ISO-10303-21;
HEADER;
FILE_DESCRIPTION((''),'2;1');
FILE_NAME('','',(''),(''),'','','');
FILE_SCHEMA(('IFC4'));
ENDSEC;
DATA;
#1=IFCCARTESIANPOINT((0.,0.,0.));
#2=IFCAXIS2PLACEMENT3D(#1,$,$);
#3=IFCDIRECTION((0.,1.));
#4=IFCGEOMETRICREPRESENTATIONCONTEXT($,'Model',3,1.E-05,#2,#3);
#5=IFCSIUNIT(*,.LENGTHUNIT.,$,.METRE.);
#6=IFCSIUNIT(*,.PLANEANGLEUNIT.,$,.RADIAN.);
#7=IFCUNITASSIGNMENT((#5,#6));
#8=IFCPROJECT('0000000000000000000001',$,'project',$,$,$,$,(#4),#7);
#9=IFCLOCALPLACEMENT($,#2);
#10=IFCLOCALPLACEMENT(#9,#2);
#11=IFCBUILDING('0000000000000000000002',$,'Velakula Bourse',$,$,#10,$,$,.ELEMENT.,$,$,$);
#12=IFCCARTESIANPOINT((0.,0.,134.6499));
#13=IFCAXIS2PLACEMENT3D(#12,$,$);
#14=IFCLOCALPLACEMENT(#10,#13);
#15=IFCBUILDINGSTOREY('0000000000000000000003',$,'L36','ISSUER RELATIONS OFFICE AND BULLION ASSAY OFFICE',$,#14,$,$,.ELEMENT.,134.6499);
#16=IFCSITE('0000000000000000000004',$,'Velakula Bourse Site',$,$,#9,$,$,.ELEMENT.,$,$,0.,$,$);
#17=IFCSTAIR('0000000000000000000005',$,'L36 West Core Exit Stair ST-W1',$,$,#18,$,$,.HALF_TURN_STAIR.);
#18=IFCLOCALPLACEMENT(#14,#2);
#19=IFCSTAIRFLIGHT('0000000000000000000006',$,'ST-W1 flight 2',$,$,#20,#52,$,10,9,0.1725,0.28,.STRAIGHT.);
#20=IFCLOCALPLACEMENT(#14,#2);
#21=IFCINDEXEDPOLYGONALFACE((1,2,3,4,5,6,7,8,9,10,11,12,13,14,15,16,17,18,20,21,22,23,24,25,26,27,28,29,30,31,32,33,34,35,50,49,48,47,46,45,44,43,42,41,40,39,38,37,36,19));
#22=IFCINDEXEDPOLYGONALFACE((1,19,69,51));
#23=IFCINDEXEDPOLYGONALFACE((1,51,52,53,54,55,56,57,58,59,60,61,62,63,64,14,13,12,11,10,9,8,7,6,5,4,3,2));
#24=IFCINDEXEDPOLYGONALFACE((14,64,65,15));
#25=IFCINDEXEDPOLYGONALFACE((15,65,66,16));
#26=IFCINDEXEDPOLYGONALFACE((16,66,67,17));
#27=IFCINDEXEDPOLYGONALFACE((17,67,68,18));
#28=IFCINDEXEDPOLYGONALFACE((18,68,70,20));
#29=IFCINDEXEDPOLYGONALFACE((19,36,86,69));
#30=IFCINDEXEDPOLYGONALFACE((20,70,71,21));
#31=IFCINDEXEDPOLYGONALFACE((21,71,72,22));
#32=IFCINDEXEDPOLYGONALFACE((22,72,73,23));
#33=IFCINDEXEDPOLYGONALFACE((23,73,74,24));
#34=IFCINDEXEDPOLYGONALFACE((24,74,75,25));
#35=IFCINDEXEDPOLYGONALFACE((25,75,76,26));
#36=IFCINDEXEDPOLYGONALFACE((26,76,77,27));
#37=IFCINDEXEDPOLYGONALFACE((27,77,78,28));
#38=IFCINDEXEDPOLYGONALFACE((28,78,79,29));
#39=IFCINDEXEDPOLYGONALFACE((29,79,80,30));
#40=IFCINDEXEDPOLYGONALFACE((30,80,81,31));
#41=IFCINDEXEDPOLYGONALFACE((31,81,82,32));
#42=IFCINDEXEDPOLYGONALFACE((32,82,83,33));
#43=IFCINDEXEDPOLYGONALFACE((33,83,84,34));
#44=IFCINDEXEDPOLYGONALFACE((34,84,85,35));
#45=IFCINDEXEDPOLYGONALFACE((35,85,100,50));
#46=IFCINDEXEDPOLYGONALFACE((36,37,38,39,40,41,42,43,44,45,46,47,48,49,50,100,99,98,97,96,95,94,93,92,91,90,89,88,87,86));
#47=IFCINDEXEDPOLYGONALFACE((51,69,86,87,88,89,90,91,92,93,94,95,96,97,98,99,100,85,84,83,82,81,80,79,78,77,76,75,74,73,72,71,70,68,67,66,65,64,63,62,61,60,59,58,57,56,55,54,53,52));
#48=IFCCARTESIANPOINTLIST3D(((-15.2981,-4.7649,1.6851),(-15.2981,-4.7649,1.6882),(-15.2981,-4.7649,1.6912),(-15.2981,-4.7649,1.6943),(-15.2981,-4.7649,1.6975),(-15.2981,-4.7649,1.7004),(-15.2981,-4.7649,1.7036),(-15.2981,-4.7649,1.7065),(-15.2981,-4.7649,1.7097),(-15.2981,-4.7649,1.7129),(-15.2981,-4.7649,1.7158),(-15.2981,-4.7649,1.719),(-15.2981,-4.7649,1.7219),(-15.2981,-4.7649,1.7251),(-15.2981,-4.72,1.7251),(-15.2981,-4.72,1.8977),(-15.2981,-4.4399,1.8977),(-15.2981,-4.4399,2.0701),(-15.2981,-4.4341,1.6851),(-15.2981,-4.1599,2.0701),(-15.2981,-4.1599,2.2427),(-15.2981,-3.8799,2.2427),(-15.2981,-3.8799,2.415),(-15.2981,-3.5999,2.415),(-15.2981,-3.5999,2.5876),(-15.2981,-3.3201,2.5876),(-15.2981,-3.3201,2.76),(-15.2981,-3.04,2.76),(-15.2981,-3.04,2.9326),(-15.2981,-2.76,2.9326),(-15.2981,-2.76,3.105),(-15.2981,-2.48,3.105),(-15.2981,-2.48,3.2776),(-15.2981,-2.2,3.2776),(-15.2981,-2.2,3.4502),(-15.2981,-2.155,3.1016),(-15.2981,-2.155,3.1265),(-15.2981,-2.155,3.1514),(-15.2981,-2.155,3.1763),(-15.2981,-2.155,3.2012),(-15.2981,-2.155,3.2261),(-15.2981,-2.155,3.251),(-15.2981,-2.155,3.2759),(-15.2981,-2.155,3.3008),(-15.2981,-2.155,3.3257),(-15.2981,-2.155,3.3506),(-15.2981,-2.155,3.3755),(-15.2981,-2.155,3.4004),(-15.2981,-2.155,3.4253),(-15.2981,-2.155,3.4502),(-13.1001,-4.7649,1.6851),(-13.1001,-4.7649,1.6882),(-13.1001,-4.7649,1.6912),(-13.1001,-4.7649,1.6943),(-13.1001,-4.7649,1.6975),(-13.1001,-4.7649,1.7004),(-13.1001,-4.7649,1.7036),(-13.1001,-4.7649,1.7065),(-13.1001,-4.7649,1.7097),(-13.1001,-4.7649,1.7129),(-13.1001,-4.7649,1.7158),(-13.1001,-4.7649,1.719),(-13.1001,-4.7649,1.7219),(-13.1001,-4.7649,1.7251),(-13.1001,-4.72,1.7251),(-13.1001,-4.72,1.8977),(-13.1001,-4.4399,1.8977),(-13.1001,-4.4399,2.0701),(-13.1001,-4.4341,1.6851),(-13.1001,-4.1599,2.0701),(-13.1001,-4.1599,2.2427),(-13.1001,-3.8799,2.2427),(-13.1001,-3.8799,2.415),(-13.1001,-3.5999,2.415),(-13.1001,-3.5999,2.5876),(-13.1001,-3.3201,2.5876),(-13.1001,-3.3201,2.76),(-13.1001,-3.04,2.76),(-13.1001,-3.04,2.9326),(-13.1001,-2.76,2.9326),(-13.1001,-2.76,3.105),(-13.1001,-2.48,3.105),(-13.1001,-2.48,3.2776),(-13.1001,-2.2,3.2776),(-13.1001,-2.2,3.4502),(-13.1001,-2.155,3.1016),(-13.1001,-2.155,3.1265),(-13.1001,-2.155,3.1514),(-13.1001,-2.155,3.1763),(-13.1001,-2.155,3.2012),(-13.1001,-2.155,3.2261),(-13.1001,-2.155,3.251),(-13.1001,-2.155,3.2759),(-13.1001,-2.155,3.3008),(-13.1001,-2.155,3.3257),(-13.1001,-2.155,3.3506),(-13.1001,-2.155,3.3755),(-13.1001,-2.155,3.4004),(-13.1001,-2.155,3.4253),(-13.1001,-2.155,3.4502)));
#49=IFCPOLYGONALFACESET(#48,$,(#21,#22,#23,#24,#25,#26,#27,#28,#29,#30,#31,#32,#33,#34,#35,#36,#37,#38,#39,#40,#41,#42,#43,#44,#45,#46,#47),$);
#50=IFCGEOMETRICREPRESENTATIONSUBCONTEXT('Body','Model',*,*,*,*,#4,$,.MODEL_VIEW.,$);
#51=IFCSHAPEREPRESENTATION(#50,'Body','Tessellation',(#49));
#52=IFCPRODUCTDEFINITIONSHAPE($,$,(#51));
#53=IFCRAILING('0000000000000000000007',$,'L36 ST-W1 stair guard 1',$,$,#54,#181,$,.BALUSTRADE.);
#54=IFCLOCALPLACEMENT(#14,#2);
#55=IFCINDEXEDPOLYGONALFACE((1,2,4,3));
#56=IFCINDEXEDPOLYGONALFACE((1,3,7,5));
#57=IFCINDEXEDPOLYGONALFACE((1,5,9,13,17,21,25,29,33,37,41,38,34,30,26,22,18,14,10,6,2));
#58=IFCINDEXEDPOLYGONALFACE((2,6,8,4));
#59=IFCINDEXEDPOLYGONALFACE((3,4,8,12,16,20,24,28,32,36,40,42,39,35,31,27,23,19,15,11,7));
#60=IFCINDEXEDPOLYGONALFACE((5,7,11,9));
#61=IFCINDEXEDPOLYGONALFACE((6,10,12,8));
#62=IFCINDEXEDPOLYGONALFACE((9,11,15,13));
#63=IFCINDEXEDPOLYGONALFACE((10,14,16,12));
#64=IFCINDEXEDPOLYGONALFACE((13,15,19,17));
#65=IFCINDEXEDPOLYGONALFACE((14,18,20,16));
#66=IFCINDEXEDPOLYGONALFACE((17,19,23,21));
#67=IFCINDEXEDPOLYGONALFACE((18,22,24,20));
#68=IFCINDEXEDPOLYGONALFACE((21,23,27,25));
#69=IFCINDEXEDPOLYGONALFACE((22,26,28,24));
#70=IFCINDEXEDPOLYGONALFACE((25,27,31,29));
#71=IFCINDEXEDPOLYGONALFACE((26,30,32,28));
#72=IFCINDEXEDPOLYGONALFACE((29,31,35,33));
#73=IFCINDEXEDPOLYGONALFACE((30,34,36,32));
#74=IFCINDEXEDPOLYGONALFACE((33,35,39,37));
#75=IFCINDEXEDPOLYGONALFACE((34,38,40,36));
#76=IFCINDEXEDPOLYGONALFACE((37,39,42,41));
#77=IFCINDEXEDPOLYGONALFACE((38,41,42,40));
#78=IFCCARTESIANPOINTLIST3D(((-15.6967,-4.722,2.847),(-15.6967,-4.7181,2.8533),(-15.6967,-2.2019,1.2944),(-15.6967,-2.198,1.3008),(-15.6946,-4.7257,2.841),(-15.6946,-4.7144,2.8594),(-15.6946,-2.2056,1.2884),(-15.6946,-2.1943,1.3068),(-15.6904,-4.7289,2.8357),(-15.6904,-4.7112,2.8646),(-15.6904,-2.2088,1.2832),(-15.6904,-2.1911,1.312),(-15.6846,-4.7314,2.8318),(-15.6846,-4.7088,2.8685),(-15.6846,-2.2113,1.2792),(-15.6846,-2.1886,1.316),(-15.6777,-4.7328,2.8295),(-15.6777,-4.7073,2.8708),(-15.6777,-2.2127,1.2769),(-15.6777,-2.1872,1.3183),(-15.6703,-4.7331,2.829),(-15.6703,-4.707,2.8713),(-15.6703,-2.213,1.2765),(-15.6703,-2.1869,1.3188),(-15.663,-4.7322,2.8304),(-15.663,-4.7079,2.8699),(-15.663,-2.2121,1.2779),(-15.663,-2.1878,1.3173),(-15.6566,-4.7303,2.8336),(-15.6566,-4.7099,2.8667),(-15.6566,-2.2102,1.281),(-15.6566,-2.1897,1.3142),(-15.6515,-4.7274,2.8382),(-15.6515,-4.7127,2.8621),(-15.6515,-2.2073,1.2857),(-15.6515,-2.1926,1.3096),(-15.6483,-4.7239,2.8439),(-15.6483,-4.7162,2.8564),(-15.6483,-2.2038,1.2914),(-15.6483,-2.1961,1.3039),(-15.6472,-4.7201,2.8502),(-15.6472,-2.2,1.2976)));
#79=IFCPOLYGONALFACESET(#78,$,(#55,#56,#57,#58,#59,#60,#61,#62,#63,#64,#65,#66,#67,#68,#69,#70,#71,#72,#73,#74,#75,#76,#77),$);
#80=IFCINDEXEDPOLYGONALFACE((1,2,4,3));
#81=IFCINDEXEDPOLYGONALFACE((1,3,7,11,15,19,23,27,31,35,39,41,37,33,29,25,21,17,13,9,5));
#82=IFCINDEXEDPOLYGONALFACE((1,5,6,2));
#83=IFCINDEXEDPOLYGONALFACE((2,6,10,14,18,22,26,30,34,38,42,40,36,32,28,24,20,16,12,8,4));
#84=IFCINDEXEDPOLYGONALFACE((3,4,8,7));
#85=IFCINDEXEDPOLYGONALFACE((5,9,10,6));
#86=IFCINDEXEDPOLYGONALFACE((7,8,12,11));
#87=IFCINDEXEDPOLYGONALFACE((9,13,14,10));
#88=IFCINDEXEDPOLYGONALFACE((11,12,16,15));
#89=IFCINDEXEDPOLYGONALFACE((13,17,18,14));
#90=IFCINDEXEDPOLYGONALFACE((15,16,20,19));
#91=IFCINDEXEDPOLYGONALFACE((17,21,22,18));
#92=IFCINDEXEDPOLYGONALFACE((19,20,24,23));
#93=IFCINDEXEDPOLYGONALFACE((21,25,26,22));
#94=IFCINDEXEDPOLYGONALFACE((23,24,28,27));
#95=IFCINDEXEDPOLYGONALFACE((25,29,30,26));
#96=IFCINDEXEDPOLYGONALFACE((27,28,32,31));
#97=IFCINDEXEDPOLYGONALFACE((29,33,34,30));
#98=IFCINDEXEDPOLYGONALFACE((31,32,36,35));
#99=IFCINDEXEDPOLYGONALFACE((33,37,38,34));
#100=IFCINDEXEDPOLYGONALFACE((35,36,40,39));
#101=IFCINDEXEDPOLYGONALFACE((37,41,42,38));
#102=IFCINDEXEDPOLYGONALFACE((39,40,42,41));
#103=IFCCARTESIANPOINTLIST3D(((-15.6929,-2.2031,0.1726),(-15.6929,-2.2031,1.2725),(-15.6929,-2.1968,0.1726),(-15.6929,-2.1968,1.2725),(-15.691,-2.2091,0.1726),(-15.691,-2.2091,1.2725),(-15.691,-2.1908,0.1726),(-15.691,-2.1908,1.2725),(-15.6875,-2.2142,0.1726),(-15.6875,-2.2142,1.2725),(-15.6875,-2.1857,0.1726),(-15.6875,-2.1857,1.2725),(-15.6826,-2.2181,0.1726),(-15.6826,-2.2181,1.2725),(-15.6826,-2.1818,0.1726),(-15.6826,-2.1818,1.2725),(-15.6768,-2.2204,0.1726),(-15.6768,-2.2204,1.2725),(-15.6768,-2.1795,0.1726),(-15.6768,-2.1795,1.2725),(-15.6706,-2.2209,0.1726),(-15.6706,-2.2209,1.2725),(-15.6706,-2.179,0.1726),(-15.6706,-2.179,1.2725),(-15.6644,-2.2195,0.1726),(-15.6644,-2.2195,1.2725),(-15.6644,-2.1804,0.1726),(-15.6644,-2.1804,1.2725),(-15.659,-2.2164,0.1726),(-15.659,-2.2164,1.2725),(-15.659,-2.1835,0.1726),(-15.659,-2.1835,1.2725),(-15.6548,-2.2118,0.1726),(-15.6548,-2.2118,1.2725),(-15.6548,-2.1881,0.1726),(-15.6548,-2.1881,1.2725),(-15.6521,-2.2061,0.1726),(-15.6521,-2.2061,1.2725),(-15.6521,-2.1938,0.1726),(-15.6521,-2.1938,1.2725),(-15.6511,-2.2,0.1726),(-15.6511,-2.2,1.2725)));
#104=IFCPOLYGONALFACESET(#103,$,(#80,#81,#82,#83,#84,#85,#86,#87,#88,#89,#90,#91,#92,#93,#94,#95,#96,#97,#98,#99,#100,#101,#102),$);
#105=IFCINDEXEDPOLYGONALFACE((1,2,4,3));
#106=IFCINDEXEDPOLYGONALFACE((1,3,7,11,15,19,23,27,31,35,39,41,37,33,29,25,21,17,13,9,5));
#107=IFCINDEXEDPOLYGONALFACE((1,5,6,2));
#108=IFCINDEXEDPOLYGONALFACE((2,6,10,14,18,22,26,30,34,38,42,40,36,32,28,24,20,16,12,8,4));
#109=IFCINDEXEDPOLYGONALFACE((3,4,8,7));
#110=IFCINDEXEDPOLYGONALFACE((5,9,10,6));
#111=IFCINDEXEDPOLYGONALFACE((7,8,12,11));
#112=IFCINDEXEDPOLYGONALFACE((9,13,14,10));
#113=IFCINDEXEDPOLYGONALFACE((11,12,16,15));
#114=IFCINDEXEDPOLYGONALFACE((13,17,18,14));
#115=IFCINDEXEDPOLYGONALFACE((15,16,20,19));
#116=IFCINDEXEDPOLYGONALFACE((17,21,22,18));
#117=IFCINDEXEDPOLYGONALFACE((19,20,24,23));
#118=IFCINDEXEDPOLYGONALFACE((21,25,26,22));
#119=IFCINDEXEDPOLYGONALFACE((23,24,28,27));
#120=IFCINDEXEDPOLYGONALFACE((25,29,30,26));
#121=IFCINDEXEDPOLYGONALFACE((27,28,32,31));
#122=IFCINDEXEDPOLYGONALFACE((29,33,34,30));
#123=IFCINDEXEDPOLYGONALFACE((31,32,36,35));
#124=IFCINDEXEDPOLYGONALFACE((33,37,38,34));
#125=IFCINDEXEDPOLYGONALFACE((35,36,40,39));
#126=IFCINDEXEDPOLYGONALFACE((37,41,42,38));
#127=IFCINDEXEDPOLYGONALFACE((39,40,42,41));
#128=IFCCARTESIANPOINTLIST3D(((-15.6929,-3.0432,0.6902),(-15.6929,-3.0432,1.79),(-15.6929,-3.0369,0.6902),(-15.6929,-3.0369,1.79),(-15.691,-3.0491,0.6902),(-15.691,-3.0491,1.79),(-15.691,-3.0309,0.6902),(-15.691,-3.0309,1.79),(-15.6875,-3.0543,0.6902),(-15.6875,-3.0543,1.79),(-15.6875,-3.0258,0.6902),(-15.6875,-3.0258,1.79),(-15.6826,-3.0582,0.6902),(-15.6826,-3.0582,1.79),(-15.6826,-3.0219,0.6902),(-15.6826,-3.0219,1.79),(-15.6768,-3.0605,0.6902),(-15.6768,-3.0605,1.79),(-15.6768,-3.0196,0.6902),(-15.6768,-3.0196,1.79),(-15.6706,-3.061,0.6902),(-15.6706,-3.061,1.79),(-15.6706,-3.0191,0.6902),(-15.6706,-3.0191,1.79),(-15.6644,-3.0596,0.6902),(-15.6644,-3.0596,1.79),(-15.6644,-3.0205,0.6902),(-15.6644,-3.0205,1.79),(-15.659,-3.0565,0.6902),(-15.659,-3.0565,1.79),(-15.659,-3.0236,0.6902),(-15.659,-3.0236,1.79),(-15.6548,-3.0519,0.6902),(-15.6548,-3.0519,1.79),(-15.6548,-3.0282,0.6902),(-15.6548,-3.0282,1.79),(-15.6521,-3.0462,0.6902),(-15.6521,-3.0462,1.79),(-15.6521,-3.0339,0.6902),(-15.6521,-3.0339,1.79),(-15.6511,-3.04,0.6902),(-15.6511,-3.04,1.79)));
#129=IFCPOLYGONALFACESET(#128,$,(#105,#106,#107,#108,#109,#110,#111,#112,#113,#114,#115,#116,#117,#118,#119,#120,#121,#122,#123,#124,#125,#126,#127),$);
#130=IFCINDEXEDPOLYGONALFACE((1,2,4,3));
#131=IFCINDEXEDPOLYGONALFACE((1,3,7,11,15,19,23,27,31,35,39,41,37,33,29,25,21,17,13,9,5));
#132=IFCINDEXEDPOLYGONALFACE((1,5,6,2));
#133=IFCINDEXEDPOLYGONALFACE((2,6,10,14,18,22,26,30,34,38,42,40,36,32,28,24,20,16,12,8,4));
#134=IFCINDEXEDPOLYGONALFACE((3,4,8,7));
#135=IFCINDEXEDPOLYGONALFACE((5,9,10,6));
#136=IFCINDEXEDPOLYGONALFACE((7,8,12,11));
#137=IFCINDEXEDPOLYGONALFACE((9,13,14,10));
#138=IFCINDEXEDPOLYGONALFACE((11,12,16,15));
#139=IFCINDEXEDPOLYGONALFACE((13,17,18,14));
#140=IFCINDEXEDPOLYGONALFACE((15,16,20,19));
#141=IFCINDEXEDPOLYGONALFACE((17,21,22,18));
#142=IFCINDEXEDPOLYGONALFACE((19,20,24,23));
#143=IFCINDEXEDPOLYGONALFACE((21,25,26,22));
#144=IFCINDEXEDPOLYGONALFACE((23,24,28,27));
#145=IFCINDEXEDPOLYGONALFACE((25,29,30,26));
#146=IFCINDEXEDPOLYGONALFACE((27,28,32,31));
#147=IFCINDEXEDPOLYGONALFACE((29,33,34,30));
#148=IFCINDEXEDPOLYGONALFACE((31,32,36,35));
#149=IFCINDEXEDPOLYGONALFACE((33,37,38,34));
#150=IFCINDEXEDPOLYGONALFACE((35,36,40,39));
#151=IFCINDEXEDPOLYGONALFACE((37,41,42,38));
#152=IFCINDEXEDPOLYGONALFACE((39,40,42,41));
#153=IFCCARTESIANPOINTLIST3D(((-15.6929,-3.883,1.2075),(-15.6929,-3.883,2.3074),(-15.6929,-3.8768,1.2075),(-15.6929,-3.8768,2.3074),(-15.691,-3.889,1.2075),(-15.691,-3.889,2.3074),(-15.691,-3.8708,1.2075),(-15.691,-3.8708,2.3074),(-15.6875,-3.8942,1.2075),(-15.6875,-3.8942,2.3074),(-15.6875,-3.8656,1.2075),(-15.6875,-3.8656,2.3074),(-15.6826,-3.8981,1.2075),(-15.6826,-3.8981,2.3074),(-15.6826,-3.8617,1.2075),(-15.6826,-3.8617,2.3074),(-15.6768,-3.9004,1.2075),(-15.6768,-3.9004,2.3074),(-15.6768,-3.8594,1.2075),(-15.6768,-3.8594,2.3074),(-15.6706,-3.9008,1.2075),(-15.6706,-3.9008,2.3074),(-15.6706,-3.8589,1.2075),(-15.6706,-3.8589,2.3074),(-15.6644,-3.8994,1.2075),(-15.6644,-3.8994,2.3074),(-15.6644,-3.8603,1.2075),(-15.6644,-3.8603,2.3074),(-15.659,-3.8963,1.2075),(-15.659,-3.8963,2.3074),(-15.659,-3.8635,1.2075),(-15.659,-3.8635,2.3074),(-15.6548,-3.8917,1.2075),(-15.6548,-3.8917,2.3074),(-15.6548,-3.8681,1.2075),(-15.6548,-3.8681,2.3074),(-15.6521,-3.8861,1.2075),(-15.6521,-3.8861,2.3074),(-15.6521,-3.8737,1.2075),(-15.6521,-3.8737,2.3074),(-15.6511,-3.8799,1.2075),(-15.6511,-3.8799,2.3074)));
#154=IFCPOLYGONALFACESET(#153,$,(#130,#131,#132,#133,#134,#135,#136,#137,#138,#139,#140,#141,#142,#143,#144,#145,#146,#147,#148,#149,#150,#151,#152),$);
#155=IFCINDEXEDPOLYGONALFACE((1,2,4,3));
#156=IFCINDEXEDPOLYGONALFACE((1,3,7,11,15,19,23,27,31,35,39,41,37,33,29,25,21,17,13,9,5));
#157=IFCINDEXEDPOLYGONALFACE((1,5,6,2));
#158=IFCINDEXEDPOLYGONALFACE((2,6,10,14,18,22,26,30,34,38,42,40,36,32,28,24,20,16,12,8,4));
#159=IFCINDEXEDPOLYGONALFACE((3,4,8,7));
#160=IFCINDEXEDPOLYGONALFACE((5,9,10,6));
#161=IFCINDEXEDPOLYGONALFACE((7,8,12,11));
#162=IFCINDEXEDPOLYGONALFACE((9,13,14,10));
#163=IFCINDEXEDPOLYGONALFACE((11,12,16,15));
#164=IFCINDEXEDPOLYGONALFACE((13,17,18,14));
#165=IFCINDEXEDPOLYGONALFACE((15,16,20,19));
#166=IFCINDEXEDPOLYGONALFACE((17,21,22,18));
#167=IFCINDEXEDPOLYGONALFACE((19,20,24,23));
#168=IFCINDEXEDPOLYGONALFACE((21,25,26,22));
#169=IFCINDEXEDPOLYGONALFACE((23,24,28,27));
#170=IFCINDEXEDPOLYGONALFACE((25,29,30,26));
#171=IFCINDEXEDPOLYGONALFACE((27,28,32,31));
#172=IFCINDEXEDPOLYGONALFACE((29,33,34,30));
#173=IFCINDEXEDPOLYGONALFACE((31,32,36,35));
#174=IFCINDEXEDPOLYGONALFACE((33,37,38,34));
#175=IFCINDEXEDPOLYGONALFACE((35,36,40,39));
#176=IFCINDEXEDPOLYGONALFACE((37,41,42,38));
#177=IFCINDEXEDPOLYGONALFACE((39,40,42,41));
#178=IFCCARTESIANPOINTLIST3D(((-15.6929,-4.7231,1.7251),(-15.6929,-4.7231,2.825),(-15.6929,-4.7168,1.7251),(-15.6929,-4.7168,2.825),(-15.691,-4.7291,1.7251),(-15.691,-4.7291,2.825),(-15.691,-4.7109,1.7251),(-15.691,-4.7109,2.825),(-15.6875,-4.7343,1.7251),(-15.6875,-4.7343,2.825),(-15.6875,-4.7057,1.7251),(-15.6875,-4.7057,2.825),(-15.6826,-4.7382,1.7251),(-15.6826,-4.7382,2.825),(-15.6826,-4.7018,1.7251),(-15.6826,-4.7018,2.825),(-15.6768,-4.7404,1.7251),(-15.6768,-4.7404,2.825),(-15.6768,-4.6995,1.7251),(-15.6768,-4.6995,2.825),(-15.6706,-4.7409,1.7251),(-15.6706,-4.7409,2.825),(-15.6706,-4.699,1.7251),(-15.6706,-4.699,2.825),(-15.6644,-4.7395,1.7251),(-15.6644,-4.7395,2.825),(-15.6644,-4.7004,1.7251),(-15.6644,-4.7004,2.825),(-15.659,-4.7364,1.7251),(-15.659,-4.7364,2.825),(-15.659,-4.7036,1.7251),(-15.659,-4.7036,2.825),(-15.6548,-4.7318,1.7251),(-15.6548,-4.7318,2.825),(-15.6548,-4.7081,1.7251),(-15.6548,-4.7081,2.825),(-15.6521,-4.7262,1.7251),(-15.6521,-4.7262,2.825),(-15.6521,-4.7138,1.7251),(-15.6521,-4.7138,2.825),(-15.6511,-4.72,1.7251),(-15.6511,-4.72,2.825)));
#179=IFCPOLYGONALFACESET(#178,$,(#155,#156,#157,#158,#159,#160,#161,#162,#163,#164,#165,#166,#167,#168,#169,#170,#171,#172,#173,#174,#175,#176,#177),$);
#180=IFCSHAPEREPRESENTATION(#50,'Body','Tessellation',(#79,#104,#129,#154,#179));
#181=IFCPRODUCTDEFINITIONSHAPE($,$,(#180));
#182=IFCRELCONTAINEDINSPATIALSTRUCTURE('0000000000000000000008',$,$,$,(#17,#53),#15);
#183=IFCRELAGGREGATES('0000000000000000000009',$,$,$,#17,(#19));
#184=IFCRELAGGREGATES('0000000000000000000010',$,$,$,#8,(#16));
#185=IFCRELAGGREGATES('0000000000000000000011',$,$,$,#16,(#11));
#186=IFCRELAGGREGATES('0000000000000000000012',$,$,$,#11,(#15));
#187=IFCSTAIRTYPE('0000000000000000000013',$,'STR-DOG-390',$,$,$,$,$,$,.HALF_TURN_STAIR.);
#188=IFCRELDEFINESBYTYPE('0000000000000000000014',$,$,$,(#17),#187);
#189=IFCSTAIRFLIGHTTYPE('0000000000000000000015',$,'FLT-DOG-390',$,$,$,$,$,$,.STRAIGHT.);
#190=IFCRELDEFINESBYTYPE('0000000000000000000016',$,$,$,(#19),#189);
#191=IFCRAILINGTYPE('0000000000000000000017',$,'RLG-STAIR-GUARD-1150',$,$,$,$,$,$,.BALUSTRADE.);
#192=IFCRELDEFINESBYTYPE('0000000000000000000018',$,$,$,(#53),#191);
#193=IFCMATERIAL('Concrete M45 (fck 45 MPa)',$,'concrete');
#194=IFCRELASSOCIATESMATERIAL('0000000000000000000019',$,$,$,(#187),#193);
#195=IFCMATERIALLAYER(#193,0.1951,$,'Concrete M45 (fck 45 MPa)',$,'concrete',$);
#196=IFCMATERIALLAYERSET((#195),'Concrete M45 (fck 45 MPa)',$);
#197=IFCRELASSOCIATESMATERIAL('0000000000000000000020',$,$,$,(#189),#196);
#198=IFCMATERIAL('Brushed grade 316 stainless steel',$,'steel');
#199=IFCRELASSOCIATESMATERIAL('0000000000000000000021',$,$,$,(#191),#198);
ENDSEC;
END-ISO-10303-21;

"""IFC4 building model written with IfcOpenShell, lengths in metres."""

from ifc_helpers import new_model, si_unit, direction, frame, origin, origin_2d, place, context, subcontext, project, spatial, polyline, circle, outline, extrude, material, layer, layer_set, type_object, element, aggregate, save


model = new_model("IFC4")

# Units and contexts
model_context = context("Model", 3, precision=1e-05, world=origin(), true_north=direction((0.0, 1.0)))
body_context = subcontext(model_context, "Body", "Model", "MODEL_VIEW")
ifc_project = project(units=[si_unit("LENGTHUNIT", "METRE"), si_unit("PLANEANGLEUNIT", "RADIAN")], contexts=[model_context])

# Site, building, storey
site_placement = place(None, origin())
site = spatial("IfcSite", under=ifc_project, at=site_placement, Name="Velakula Bourse Site", CompositionType="ELEMENT", RefElevation=0.0)
building_placement = place(site_placement, origin())
building = spatial("IfcBuilding", under=site, at=building_placement, Name="Velakula Bourse", CompositionType="ELEMENT")
storey_placement = place(building_placement, frame((0.0, 0.0, 134.6499)))
storey = spatial("IfcBuildingStorey", under=building, at=storey_placement, Name="L36", Description="ISSUER RELATIONS OFFICE AND BULLION ASSAY OFFICE", CompositionType="ELEMENT", Elevation=134.6499)

# Shared definitions
ifc_material_1 = material(Name="Brushed grade 316 stainless steel", Category="steel")

# Stair, stair flight
ifc_material_2 = material(Name="Concrete M45 (fck 45 MPa)", Category="concrete")
stair_type = type_object("IfcStairType", Name="STR-DOG-390", PredefinedType="HALF_TURN_STAIR", material=ifc_material_2)
stair_placement = place(storey_placement, origin())
stair = element("IfcStair", 1, at=stair_placement, inside=storey, type_object=stair_type, Name="L36 West Core Exit Stair ST-W1", PredefinedType="HALF_TURN_STAIR")
ifc_layer_1 = layer(ifc_material_2, 0.1951, Name="Concrete M45 (fck 45 MPa)", Category="concrete")
ifc_layer_set_1 = layer_set([ifc_layer_1], Name="Concrete M45 (fck 45 MPa)")
stair_flight_type = type_object("IfcStairFlightType", Name="FLT-DOG-390", PredefinedType="STRAIGHT", material=ifc_layer_set_1)
stair_flight_1_placement = place(storey_placement, frame((-14.199, -4.72, 1.7251), z_axis=(0.0, 0.0, 1.0), x_axis=(0.0, 1.0, 0.0)))
stair_flight_1 = element("IfcStairFlight", 2, at=stair_flight_1_placement, type_object=stair_flight_type, Name="ST-W1 flight 2", NumberOfRisers=10, NumberOfTreads=9, PredefinedType="STRAIGHT", RiserHeight=0.1725, TreadLength=0.28, context=body_context, shape_type="SweptSolid", body=[
    extrude(outline(polyline([(-0.0449, -0.04), (-0.0449, -0.0369), (-0.0449, -0.0339), (-0.0449, -0.0308), (-0.0449, -0.0276), (-0.0449, -0.0247), (-0.0449, -0.0215), (-0.0449, -0.0186), (-0.0449, -0.0154), (-0.0449, -0.0122), (-0.0449, -0.0093), (-0.0449, -0.0061), (-0.0449, -0.0032), (-0.0449, 0.0), (0.0, 0.0), (0.0, 0.1726), (0.28, 0.1726), (0.28, 0.345), (0.5601, 0.345), (0.5601, 0.5176), (0.8401, 0.5176), (0.8401, 0.6899), (1.1201, 0.6899), (1.1201, 0.8625), (1.3999, 0.8625), (1.3999, 1.0349), (1.6799, 1.0349), (1.6799, 1.2075), (1.96, 1.2075), (1.96, 1.3799), (2.24, 1.3799), (2.24, 1.5525), (2.52, 1.5525), (2.52, 1.7251), (2.5649, 1.7251), (2.5649, 1.7002), (2.5649, 1.6753), (2.5649, 1.6504), (2.5649, 1.6255), (2.5649, 1.6006), (2.5649, 1.5757), (2.5649, 1.5508), (2.5649, 1.5259), (2.5649, 1.501), (2.5649, 1.4761), (2.5649, 1.4512), (2.5649, 1.4263), (2.5649, 1.4014), (2.5649, 1.3765), (0.2859, -0.04), (-0.0449, -0.04)])), frame((0.0, 1.0991, 0.0), z_axis=(0.0, -1.0, 0.0), x_axis=(1.0, 0.0, 0.0)), (0.0, 0.0, 1.0), 2.198),
])
aggregate(stair, [stair_flight_1])

# Railing
railing_type_1 = type_object("IfcRailingType", Name="RLG-STAIR-GUARD-1150", PredefinedType="BALUSTRADE", material=ifc_material_1)
railing_1_placement = place(storey_placement, frame((-15.6721, -2.2, 0.1726)))
element("IfcRailing", 3, at=railing_1_placement, inside=storey, type_object=railing_type_1, Name="L36 ST-W1 stair guard 1", PredefinedType="BALUSTRADE", context=body_context, shape_type="SweptSolid", body=[
    extrude(circle(Radius=0.0249, at=origin_2d()), frame((0.0, 0.0, 1.125), z_axis=(0.0, -0.8514, 0.524516), x_axis=(1.0, 0.0, 0.0)), (0.0, 0.0, 1.0), 2.96),
    extrude(circle(Radius=0.021, at=origin_2d()), origin(), (0.0, 0.0, 1.0), 1.0999),
    extrude(circle(Radius=0.021, at=origin_2d()), frame((0.0, -0.8401, 0.5176)), (0.0, 0.0, 1.0), 1.0999),
    extrude(circle(Radius=0.021, at=origin_2d()), frame((0.0, -1.6799, 1.0349)), (0.0, 0.0, 1.0), 1.0999),
    extrude(circle(Radius=0.021, at=origin_2d()), frame((0.0, -2.52, 1.5525)), (0.0, 0.0, 1.0), 1.0999),
])

save(model, "model.ifc")
